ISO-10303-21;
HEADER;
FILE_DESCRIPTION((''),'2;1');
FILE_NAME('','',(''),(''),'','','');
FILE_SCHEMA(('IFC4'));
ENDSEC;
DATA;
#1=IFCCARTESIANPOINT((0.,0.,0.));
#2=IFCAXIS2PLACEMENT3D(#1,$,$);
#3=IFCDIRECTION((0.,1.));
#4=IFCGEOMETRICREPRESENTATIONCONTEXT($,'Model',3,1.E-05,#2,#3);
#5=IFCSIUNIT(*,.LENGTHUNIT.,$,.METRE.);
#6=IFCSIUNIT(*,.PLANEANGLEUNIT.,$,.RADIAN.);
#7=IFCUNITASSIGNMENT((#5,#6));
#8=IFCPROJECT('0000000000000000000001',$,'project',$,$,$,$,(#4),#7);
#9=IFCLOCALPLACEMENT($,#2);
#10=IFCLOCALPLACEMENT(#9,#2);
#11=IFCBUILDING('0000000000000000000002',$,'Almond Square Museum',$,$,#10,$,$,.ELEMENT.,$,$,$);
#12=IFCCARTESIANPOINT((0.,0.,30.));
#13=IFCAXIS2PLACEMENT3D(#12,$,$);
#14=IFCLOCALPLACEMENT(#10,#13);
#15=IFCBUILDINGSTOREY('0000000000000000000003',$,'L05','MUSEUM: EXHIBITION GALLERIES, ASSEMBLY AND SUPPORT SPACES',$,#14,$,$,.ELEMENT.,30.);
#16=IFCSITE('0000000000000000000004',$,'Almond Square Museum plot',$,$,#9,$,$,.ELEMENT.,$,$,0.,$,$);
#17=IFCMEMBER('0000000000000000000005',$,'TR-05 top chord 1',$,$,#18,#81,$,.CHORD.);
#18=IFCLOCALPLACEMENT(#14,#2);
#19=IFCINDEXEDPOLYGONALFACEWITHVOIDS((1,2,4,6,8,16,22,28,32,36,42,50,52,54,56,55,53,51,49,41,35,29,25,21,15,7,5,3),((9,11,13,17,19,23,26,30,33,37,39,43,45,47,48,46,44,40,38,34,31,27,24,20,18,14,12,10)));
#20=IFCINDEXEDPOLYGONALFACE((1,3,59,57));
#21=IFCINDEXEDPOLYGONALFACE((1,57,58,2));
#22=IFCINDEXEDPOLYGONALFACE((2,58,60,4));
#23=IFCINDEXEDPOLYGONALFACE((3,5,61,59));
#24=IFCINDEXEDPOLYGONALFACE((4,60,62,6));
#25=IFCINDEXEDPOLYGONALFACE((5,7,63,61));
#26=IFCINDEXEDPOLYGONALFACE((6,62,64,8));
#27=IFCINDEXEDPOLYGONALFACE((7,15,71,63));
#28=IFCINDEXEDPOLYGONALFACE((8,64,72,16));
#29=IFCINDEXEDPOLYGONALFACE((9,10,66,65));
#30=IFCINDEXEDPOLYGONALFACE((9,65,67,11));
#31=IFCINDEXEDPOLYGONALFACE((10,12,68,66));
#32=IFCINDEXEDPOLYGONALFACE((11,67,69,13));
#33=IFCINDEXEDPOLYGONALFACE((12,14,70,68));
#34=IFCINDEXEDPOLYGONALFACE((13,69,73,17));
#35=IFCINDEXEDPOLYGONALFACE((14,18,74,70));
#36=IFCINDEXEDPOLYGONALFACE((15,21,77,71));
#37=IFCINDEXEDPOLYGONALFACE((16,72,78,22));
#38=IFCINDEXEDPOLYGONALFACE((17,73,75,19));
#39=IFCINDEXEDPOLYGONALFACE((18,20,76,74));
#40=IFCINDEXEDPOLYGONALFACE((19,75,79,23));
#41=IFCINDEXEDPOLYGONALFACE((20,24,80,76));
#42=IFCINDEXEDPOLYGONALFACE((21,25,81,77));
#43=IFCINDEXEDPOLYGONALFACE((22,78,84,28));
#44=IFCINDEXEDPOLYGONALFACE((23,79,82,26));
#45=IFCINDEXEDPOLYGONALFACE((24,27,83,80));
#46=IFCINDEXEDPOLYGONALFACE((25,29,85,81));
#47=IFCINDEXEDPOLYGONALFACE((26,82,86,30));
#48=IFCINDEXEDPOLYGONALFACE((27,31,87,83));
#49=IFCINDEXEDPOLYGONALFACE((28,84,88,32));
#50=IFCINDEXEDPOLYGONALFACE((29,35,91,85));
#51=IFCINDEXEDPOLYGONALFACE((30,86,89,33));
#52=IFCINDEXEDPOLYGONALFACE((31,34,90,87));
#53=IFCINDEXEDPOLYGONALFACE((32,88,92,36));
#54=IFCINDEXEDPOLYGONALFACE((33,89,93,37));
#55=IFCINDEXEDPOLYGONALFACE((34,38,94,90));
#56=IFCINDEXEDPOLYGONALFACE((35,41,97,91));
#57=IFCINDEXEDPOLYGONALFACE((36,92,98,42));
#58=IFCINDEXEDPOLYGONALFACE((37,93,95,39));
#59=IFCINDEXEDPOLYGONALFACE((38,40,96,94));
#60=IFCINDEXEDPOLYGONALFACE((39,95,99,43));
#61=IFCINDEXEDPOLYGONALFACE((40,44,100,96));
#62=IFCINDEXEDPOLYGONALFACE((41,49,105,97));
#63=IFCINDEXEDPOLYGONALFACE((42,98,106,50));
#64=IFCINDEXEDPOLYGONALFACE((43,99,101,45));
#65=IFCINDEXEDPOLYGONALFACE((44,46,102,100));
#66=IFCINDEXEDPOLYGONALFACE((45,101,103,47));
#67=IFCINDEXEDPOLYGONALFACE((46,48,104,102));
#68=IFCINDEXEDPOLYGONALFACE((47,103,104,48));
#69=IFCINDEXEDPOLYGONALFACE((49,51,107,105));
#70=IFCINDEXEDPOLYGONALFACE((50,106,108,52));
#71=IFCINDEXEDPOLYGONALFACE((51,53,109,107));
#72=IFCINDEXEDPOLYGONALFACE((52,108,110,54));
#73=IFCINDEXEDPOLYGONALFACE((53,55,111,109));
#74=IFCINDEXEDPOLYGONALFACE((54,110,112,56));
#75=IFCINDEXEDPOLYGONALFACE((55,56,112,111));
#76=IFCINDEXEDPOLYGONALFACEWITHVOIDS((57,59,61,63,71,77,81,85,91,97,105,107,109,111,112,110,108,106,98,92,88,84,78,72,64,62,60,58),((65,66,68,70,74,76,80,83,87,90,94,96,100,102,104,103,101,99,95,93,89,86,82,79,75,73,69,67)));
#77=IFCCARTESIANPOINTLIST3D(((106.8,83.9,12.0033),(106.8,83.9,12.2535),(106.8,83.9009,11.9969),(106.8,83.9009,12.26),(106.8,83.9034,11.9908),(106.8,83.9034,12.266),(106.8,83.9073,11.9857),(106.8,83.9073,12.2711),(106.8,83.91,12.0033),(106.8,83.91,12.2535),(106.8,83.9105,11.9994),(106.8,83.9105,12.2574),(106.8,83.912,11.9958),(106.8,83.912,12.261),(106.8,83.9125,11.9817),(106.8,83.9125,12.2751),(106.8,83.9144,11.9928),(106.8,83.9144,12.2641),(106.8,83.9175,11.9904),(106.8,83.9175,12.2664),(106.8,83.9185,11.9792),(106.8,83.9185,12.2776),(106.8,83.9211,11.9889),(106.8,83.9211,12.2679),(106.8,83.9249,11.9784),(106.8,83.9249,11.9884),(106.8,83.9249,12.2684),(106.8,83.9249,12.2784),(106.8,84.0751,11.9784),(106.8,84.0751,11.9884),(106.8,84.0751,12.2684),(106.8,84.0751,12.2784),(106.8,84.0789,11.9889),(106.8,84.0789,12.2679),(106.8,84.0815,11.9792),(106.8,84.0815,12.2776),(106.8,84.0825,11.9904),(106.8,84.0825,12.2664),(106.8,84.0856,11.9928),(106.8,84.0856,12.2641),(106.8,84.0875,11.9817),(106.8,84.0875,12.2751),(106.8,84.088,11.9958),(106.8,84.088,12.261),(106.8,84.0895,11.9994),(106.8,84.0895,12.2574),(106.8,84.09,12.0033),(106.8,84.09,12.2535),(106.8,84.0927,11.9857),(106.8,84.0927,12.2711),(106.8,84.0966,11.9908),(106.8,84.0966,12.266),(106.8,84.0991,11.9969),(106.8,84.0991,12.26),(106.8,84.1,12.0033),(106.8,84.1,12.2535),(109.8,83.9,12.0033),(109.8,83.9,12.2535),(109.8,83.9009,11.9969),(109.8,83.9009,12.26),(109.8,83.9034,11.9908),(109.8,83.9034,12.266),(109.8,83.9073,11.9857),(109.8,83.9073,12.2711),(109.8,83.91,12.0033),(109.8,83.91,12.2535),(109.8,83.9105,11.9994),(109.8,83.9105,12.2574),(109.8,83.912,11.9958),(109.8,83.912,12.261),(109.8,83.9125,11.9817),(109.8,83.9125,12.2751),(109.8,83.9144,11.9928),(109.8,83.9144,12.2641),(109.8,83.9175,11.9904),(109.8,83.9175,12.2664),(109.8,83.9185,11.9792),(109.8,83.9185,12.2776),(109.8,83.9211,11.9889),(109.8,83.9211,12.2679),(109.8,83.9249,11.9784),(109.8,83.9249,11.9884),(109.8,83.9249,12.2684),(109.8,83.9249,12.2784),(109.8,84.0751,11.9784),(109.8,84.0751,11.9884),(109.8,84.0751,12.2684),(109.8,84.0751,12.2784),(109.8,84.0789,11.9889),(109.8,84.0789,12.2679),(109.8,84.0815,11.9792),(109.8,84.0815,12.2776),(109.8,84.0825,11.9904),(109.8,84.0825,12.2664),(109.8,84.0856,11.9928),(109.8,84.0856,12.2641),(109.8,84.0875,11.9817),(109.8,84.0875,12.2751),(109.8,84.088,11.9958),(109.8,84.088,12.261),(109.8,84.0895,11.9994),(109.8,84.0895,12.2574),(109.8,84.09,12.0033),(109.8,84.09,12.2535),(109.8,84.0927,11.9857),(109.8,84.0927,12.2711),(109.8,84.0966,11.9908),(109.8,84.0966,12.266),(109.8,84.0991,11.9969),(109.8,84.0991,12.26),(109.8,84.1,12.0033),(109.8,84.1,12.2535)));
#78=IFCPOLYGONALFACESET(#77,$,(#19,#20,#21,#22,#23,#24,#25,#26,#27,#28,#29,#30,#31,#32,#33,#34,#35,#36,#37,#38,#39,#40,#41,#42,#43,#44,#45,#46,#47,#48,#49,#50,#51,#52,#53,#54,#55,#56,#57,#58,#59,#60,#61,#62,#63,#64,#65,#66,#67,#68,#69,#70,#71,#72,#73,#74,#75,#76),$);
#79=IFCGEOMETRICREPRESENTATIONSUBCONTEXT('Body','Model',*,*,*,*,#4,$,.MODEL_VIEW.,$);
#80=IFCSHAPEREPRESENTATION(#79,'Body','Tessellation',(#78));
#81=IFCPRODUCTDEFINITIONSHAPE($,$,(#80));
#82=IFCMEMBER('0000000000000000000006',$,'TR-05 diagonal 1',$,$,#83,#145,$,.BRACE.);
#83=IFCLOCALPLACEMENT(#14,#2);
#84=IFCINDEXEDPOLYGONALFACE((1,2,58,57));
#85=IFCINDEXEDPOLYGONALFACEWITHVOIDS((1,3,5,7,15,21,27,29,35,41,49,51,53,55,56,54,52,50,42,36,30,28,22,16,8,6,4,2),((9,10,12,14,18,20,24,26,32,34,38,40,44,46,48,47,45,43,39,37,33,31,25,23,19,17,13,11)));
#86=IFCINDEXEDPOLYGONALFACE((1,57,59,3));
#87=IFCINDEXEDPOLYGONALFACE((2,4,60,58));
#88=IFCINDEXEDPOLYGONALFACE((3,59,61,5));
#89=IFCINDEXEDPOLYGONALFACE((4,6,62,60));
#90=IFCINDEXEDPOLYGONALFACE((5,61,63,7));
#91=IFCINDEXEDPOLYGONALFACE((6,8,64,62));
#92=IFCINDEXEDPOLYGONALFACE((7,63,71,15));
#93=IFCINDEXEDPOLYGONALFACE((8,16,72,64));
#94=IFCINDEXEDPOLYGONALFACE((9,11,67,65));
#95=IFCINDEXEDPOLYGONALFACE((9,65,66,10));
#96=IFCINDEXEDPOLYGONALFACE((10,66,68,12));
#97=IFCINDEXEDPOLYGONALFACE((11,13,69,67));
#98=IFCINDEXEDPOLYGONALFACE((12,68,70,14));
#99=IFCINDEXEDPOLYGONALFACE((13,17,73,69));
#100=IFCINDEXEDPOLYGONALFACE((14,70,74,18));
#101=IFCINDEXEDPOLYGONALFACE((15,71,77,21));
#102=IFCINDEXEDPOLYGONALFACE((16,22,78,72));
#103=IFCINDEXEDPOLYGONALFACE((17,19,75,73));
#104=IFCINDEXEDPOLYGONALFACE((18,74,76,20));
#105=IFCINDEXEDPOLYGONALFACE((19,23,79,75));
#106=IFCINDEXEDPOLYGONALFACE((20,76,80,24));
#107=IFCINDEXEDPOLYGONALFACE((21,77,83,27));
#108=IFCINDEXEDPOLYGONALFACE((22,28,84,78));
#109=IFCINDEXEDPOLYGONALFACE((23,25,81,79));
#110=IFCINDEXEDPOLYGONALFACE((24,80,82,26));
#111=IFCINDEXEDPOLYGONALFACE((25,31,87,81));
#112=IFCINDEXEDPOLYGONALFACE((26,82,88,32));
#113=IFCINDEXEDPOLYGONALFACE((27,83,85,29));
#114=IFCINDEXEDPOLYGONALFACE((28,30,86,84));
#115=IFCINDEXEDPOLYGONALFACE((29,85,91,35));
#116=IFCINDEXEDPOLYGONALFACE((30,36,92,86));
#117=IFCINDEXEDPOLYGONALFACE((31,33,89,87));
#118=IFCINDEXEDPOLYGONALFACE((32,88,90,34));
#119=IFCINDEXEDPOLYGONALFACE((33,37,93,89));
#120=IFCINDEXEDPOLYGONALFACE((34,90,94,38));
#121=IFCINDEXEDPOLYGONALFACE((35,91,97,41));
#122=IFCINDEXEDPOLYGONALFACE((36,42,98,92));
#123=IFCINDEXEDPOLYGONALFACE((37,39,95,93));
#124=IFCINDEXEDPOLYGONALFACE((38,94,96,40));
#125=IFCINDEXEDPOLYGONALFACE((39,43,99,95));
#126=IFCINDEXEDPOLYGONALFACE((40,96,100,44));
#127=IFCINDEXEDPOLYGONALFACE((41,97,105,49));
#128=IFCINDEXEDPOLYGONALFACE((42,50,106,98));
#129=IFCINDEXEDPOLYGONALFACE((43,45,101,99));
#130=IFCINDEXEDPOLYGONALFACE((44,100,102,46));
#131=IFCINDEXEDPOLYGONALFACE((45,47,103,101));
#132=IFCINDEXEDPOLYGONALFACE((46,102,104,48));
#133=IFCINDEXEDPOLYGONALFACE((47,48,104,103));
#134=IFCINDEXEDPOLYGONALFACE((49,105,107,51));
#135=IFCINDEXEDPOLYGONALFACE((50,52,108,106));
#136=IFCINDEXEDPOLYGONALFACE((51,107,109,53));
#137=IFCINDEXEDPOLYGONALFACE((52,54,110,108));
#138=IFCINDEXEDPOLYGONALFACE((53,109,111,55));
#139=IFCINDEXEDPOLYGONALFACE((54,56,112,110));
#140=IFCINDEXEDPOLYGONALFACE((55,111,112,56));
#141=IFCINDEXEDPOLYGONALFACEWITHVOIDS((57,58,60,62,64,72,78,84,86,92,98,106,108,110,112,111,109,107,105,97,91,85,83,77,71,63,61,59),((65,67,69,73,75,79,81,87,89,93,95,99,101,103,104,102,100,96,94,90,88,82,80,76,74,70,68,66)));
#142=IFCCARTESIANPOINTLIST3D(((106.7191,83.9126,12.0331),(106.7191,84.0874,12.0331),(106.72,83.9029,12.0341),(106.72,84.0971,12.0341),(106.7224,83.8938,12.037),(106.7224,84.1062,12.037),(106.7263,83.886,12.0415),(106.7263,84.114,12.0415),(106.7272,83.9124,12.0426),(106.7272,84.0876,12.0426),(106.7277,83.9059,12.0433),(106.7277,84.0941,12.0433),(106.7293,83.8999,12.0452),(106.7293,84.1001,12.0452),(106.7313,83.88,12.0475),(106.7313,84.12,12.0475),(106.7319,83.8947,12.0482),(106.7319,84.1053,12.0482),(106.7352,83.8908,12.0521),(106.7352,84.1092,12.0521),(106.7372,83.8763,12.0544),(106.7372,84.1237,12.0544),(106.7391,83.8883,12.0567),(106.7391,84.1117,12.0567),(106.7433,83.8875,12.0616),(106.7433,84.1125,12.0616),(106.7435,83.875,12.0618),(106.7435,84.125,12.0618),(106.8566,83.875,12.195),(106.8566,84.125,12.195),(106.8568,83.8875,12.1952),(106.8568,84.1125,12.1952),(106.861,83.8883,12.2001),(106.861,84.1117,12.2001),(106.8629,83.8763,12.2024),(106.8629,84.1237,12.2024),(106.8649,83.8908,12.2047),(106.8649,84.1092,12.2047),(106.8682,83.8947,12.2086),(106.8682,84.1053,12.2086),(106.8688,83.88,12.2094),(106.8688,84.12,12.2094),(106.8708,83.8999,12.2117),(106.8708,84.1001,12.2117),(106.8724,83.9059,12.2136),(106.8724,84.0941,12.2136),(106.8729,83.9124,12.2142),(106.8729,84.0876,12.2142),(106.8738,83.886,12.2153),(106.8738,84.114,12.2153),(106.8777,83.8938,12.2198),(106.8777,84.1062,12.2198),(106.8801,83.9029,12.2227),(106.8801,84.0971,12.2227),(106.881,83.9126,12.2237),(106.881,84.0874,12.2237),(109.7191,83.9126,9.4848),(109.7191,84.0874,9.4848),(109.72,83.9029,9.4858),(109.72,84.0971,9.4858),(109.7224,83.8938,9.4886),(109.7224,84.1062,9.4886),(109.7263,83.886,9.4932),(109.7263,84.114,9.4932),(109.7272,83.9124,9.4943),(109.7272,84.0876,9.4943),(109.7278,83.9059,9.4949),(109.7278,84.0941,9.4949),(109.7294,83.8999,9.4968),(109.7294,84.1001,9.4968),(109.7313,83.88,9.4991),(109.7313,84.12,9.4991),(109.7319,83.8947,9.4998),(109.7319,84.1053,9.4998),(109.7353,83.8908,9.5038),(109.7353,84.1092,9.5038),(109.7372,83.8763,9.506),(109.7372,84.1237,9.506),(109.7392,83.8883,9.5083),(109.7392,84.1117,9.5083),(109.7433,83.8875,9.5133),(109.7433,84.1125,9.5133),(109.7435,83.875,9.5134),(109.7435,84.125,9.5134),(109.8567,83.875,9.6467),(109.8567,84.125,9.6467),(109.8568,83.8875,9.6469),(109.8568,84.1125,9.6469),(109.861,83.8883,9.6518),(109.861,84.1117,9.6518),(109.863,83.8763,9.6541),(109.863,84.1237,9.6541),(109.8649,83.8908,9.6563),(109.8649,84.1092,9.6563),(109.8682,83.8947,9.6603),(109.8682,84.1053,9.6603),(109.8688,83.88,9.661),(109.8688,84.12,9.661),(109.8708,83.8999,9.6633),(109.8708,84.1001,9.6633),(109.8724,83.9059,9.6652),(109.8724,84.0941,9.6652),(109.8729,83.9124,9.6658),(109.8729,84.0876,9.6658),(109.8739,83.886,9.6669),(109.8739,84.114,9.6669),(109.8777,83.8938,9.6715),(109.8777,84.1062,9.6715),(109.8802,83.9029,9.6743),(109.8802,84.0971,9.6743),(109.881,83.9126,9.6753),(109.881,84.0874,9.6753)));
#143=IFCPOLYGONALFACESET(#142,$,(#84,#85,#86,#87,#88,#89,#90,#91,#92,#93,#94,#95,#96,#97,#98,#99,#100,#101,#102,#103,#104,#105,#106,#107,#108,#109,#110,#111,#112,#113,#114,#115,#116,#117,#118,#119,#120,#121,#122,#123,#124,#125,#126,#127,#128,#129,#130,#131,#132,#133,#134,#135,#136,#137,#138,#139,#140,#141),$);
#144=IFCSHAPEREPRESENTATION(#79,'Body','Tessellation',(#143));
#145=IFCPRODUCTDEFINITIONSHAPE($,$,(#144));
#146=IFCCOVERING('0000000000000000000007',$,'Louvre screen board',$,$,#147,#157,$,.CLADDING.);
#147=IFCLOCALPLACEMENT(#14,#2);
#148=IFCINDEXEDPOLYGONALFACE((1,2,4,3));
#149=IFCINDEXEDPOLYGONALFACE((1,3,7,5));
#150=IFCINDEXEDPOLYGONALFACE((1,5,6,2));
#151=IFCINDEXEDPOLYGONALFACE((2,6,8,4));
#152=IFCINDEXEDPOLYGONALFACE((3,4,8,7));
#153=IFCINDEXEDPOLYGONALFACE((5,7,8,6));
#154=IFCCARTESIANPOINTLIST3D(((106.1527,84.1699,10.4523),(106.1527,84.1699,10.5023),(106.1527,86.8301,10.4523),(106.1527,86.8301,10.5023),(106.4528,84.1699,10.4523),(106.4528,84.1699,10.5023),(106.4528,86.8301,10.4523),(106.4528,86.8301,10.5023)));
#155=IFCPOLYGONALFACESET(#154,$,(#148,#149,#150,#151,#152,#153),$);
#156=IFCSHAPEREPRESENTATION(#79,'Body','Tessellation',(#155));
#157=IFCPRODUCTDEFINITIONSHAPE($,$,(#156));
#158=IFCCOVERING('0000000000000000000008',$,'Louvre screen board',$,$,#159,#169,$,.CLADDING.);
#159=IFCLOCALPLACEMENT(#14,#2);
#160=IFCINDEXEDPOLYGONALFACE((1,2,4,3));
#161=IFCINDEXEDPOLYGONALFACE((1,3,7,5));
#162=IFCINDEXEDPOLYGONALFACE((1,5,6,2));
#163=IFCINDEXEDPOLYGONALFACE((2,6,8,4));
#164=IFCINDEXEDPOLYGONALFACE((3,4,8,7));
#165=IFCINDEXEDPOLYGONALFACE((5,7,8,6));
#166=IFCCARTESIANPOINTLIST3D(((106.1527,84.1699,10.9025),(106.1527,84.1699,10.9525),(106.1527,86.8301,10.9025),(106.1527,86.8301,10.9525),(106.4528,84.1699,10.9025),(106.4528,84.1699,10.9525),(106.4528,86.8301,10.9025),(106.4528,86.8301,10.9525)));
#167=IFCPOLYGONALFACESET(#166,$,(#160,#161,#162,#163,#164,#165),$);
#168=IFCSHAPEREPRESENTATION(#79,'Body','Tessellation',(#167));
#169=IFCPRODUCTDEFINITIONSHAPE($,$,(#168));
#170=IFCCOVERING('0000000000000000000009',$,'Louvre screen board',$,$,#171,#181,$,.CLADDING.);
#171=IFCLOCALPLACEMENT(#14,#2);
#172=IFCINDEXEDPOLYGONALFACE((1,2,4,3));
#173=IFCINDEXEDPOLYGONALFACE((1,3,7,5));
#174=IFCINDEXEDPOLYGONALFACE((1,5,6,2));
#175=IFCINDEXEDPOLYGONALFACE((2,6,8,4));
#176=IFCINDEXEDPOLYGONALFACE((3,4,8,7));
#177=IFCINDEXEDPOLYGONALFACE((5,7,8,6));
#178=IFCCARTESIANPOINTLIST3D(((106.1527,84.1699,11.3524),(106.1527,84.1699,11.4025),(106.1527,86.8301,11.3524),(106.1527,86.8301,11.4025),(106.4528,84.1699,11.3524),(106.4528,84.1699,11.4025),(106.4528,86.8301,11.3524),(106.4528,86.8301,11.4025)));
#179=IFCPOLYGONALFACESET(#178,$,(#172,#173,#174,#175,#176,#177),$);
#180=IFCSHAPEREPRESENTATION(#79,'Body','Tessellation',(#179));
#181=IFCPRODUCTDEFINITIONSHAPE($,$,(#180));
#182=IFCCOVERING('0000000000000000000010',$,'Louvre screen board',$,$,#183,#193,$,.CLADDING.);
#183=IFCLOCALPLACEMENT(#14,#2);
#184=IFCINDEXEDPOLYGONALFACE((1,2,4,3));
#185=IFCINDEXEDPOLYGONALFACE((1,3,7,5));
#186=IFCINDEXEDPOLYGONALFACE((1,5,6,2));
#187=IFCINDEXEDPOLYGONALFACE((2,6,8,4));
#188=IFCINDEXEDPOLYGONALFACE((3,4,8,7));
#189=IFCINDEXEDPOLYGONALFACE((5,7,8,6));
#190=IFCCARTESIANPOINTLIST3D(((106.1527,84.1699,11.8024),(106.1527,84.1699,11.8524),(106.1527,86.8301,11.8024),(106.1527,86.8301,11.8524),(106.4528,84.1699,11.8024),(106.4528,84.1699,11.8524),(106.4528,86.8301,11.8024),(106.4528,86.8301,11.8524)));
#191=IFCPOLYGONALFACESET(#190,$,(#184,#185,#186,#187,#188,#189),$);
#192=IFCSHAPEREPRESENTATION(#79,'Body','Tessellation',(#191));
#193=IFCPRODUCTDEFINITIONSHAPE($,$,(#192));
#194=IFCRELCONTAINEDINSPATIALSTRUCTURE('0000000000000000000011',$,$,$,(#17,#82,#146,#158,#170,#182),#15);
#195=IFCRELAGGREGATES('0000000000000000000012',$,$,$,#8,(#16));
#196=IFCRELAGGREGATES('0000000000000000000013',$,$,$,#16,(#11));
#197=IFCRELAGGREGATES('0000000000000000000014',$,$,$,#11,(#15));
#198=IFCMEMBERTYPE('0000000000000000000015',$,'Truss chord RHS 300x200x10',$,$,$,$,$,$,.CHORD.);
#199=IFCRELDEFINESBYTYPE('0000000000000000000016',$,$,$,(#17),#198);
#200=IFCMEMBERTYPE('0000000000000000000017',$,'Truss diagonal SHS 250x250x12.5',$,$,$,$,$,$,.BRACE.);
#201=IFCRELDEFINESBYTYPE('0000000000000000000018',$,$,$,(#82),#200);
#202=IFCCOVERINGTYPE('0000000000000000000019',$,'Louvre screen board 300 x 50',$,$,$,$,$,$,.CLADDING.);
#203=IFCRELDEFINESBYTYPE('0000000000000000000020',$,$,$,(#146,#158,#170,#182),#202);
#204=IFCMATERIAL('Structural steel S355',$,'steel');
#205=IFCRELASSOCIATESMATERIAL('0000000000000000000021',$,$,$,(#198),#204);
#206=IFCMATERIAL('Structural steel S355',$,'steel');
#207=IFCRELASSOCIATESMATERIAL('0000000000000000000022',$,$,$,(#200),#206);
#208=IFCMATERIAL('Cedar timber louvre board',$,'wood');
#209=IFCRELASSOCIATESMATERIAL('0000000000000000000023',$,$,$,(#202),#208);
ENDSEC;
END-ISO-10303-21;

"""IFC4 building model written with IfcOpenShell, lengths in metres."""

from ifc_helpers import new_model, si_unit, direction, frame, origin, origin_2d, place, context, subcontext, project, spatial, rectangle, hollow_rectangle, extrude, material, material_profile, profile_set, type_object, element, save


model = new_model("IFC4")

# Units and contexts
model_context = context("Model", 3, precision=1e-05, world=origin(), true_north=direction((0.0, 1.0)))
body_context = subcontext(model_context, "Body", "Model", "MODEL_VIEW")
ifc_project = project(units=[si_unit("LENGTHUNIT", "METRE"), si_unit("PLANEANGLEUNIT", "RADIAN")], contexts=[model_context])

# Site, building, storey
site_placement = place(None, origin())
site = spatial("IfcSite", under=ifc_project, at=site_placement, Name="Almond Square Museum plot", CompositionType="ELEMENT", RefElevation=0.0)
building_placement = place(site_placement, origin())
building = spatial("IfcBuilding", under=site, at=building_placement, Name="Almond Square Museum", CompositionType="ELEMENT")
storey_placement = place(building_placement, frame((0.0, 0.0, 30.0)))
storey = spatial("IfcBuildingStorey", under=building, at=storey_placement, Name="L05", Description="MUSEUM: EXHIBITION GALLERIES, ASSEMBLY AND SUPPORT SPACES", CompositionType="ELEMENT", Elevation=30.0)

# Members
ifc_material_1 = material(Name="Structural steel S355", Category="steel")
ifc_material_profile_1 = material_profile(ifc_material_1, hollow_rectangle(XDim=0.2, YDim=0.3, WallThickness=0.01, InnerFilletRadius=0.0149, OuterFilletRadius=0.0249, at=origin_2d()))
ifc_profile_set_1 = profile_set([ifc_material_profile_1], Name="Structural steel S355")
member_type_1 = type_object("IfcMemberType", Name="Truss chord RHS 300x200x10", PredefinedType="CHORD", material=ifc_profile_set_1)
member_1_placement = place(storey_placement, frame((106.8, 84.0, 12.1284), z_axis=(1.0, 0.0, 0.0), x_axis=(0.0, 1.0, 0.0)))
element("IfcMember", 1, at=member_1_placement, inside=storey, type_object=member_type_1, Name="TR-05 top chord 1", PredefinedType="CHORD", context=body_context, shape_type="SweptSolid", body=[
    extrude(hollow_rectangle(XDim=0.2, YDim=0.3, WallThickness=0.01, InnerFilletRadius=0.0149, OuterFilletRadius=0.0249, at=origin_2d()), origin(), (0.0, 0.0, 1.0), 3.0),
])
ifc_material_2 = material(Name="Structural steel S355", Category="steel")
ifc_material_profile_2 = material_profile(ifc_material_2, hollow_rectangle(XDim=0.25, YDim=0.25, WallThickness=0.0125, InnerFilletRadius=0.0249, OuterFilletRadius=0.0376, at=origin_2d()))
ifc_profile_set_2 = profile_set([ifc_material_profile_2], Name="Structural steel S355")
member_type_2 = type_object("IfcMemberType", Name="Truss diagonal SHS 250x250x12.5", PredefinedType="BRACE", material=ifc_profile_set_2)
member_2_placement = place(storey_placement, frame((106.8, 84.0, 12.1284), z_axis=(0.762147, 0.0, -0.647404), x_axis=(0.0, 1.0, 0.0)))
element("IfcMember", 2, at=member_2_placement, inside=storey, type_object=member_type_2, Name="TR-05 diagonal 1", PredefinedType="BRACE", context=body_context, shape_type="SweptSolid", body=[
    extrude(hollow_rectangle(XDim=0.25, YDim=0.25, WallThickness=0.0125, InnerFilletRadius=0.0249, OuterFilletRadius=0.0376, at=origin_2d()), origin(), (0.0, 0.0, 1.0), 3.9363),
])

# Coverings
ifc_material_3 = material(Name="Cedar timber louvre board", Category="wood")
ifc_material_profile_3 = material_profile(ifc_material_3, rectangle(XDim=0.3, YDim=0.05, at=origin_2d()))
ifc_profile_set_3 = profile_set([ifc_material_profile_3], Name="Cedar timber louvre board")
covering_type_1 = type_object("IfcCoveringType", Name="Louvre screen board 300 x 50", PredefinedType="CLADDING", material=ifc_profile_set_3)
for number, where, z_axis, x_axis, name in (
    (3, (106.3027, 84.1699, 10.4773), (0.0, 1.0, 0.0), (-1.0, 0.0, 0.0), "Louvre screen board"),
    (4, (106.3027, 84.1699, 10.9275), (0.0, 1.0, 0.0), (-1.0, 0.0, 0.0), "Louvre screen board"),
    (5, (106.3027, 84.1699, 11.3774), (0.0, 1.0, 0.0), (-1.0, 0.0, 0.0), "Louvre screen board"),
    (6, (106.3027, 84.1699, 11.8274), (0.0, 1.0, 0.0), (-1.0, 0.0, 0.0), "Louvre screen board"),
):
    element("IfcCovering", number, at=place(storey_placement, frame(where, z_axis=z_axis, x_axis=x_axis)), inside=storey, type_object=covering_type_1, Name=name, PredefinedType="CLADDING", context=body_context, shape_type="SweptSolid", body=[
        extrude(rectangle(XDim=0.3, YDim=0.05, at=origin_2d()), origin(), (0.0, 0.0, 1.0), 2.6602),
    ])

save(model, "model.ifc")
